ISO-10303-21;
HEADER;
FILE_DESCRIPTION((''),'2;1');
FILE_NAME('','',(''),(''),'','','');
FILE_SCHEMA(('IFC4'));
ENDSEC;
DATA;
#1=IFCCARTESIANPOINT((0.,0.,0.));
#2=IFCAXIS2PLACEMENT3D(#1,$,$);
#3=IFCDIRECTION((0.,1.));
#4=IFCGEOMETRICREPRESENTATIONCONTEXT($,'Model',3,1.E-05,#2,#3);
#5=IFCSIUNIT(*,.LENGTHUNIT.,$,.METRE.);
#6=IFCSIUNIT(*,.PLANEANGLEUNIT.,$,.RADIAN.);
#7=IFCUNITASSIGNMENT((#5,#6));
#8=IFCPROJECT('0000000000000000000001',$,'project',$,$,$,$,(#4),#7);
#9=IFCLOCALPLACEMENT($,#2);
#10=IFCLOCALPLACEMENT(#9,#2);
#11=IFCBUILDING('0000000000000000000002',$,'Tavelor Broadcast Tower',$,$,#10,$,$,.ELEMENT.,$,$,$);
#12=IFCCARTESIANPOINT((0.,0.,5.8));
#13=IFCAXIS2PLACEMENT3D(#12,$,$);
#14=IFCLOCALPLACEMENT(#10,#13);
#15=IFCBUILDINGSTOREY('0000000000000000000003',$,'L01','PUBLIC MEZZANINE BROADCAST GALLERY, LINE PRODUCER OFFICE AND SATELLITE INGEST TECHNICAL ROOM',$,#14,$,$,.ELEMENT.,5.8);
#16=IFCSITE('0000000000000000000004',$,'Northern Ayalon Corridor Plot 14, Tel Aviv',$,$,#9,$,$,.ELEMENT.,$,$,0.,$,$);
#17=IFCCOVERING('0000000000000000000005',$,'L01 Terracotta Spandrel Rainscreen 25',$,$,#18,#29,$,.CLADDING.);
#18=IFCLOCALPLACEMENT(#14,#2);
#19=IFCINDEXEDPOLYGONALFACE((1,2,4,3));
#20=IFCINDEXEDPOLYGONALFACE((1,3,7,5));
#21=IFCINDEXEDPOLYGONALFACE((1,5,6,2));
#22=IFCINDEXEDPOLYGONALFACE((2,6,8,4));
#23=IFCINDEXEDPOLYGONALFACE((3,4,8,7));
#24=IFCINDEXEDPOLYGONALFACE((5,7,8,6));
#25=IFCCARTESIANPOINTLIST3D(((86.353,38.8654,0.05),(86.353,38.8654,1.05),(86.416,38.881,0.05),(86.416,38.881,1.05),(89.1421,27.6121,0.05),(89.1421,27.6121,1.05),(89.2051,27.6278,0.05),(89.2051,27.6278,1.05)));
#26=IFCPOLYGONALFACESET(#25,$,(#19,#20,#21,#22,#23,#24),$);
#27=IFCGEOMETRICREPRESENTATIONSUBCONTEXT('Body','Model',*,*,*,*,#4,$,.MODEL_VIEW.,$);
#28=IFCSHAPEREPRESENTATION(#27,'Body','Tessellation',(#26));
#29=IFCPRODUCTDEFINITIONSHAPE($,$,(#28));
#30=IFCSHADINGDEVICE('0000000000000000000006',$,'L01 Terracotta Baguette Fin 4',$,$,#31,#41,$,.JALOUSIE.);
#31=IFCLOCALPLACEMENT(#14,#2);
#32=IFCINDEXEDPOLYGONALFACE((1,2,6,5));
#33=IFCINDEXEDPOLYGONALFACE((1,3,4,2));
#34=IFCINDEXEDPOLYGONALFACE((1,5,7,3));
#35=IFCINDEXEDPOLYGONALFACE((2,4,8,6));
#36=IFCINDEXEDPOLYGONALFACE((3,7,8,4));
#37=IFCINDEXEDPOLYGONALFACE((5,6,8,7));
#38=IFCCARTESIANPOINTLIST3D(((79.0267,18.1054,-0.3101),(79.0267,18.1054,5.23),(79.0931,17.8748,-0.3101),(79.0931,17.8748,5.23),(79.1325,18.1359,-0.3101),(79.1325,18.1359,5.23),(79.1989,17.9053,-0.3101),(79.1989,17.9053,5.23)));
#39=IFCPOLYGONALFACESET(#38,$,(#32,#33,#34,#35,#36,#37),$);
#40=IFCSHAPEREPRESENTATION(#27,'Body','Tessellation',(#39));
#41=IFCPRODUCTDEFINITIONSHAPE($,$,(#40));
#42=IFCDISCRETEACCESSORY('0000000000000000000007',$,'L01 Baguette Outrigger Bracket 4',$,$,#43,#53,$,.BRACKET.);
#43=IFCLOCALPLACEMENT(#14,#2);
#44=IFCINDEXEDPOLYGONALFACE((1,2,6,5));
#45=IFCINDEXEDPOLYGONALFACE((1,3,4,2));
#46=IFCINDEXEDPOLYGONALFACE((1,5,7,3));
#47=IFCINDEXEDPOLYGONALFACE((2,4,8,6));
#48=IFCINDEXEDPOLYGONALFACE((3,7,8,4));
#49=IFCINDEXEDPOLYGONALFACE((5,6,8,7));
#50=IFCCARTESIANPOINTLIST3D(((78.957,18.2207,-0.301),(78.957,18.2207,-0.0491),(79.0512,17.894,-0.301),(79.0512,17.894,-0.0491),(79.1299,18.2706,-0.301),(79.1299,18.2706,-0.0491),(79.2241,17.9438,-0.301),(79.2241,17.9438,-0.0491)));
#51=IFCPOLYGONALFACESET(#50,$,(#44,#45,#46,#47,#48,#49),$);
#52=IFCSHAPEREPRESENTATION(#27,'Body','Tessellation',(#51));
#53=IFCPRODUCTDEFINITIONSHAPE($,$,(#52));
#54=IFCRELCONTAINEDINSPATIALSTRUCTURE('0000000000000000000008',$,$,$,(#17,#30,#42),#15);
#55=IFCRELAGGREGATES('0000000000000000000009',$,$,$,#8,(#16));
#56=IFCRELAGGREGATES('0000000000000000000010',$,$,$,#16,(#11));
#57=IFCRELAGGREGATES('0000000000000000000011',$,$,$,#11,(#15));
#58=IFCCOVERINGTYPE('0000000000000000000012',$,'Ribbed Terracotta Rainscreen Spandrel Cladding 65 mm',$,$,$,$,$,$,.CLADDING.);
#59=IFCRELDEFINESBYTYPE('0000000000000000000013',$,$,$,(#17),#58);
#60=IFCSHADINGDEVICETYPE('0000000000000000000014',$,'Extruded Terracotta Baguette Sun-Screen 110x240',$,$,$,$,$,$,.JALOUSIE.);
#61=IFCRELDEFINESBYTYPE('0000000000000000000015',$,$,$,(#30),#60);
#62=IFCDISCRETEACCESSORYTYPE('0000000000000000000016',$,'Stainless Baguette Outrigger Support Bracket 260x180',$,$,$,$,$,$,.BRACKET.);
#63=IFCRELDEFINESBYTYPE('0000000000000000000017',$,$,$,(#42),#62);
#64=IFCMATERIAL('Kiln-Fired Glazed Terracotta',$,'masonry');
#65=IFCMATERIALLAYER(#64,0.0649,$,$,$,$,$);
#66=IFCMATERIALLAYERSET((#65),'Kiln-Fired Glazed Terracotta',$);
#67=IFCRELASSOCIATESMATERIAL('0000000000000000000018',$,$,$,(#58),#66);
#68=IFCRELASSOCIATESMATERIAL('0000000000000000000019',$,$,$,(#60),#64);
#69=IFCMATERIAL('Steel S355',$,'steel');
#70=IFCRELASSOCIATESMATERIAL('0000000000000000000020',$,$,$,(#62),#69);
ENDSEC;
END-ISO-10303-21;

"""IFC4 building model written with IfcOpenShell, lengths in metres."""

from ifc_helpers import new_model, si_unit, direction, frame, origin, origin_2d, place, context, subcontext, project, spatial, rectangle, extrude, source, transform, mapped, material, layer, layer_set, type_object, type_shapes, element, save


model = new_model("IFC4")

# Units and contexts
model_context = context("Model", 3, precision=1e-05, world=origin(), true_north=direction((0.0, 1.0)))
body_context = subcontext(model_context, "Body", "Model", "MODEL_VIEW")
ifc_project = project(units=[si_unit("LENGTHUNIT", "METRE"), si_unit("PLANEANGLEUNIT", "RADIAN")], contexts=[model_context])

# Site, building, storey
site_placement = place(None, origin())
site = spatial("IfcSite", under=ifc_project, at=site_placement, Name="Northern Ayalon Corridor Plot 14, Tel Aviv", CompositionType="ELEMENT", RefElevation=0.0)
building_placement = place(site_placement, origin())
building = spatial("IfcBuilding", under=site, at=building_placement, Name="Tavelor Broadcast Tower", CompositionType="ELEMENT")
storey_placement = place(building_placement, frame((0.0, 0.0, 5.8)))
storey = spatial("IfcBuildingStorey", under=building, at=storey_placement, Name="L01", Description="PUBLIC MEZZANINE BROADCAST GALLERY, LINE PRODUCER OFFICE AND SATELLITE INGEST TECHNICAL ROOM", CompositionType="ELEMENT", Elevation=5.8)

# Shared definitions
ifc_material_1 = material(Name="Steel S355", Category="steel")

# Covering
ifc_material_2 = material(Name="Kiln-Fired Glazed Terracotta", Category="masonry")
ifc_layer_1 = layer(ifc_material_2, 0.0649)
ifc_layer_set_1 = layer_set([ifc_layer_1], Name="Kiln-Fired Glazed Terracotta")
covering_type = type_object("IfcCoveringType", Name="Ribbed Terracotta Rainscreen Spandrel Cladding 65 mm", PredefinedType="CLADDING", material=ifc_layer_set_1)
covering_placement = place(storey_placement, frame((87.7791, 33.2466, 0.05), z_axis=(0.0, 0.0, 1.0), x_axis=(-0.240567, 0.970633, 0.0)))
element("IfcCovering", 1, at=covering_placement, inside=storey, type_object=covering_type, Name="L01 Terracotta Spandrel Rainscreen 25", PredefinedType="CLADDING", context=body_context, shape_type="SweptSolid", body=[
    extrude(rectangle(XDim=11.5938, YDim=0.0649, at=origin_2d()), origin(), (0.0, 0.0, 1.0), 1.0),
])

# Shading device
shading_device_type = type_object("IfcShadingDeviceType", Name="Extruded Terracotta Baguette Sun-Screen 110x240", PredefinedType="JALOUSIE", material=ifc_material_2)
shared_shape_1 = source(origin(), body_context, "Body", "SweptSolid", [
    extrude(rectangle(XDim=0.1101, YDim=0.24, at=origin_2d()), origin(), (0.0, 0.0, 1.0), 5.54),
])
type_shapes(shading_device_type, [shared_shape_1])
shading_device_placement = place(storey_placement, frame((79.1128, 18.0054, -0.3101), z_axis=(0.0, 0.0, 1.0), x_axis=(0.960876, 0.276979, 0.0)))
element("IfcShadingDevice", 2, at=shading_device_placement, inside=storey, type_object=shading_device_type, Name="L01 Terracotta Baguette Fin 4", PredefinedType="JALOUSIE", context=body_context, shape_type="MappedRepresentation", body=[
    mapped(shared_shape_1, transform((0.0, 0.0, 0.0), scale=1.0)),
])

# Discrete accessory
discrete_accessory_type = type_object("IfcDiscreteAccessoryType", Name="Stainless Baguette Outrigger Support Bracket 260x180", PredefinedType="BRACKET", material=ifc_material_1)
shared_shape_2 = source(origin(), body_context, "Body", "SweptSolid", [
    extrude(rectangle(XDim=0.1799, YDim=0.3401, at=origin_2d()), origin(), (0.0, 0.0, 1.0), 0.252),
])
type_shapes(discrete_accessory_type, [shared_shape_2])
discrete_accessory_placement = place(storey_placement, frame((79.0906, 18.0823, -0.301), z_axis=(0.0, 0.0, 1.0), x_axis=(0.960876, 0.276979, 0.0)))
element("IfcDiscreteAccessory", 3, at=discrete_accessory_placement, inside=storey, type_object=discrete_accessory_type, Name="L01 Baguette Outrigger Bracket 4", PredefinedType="BRACKET", context=body_context, shape_type="MappedRepresentation", body=[
    mapped(shared_shape_2, transform((0.0, 0.0, 0.0), scale=1.0)),
])

save(model, "model.ifc")
